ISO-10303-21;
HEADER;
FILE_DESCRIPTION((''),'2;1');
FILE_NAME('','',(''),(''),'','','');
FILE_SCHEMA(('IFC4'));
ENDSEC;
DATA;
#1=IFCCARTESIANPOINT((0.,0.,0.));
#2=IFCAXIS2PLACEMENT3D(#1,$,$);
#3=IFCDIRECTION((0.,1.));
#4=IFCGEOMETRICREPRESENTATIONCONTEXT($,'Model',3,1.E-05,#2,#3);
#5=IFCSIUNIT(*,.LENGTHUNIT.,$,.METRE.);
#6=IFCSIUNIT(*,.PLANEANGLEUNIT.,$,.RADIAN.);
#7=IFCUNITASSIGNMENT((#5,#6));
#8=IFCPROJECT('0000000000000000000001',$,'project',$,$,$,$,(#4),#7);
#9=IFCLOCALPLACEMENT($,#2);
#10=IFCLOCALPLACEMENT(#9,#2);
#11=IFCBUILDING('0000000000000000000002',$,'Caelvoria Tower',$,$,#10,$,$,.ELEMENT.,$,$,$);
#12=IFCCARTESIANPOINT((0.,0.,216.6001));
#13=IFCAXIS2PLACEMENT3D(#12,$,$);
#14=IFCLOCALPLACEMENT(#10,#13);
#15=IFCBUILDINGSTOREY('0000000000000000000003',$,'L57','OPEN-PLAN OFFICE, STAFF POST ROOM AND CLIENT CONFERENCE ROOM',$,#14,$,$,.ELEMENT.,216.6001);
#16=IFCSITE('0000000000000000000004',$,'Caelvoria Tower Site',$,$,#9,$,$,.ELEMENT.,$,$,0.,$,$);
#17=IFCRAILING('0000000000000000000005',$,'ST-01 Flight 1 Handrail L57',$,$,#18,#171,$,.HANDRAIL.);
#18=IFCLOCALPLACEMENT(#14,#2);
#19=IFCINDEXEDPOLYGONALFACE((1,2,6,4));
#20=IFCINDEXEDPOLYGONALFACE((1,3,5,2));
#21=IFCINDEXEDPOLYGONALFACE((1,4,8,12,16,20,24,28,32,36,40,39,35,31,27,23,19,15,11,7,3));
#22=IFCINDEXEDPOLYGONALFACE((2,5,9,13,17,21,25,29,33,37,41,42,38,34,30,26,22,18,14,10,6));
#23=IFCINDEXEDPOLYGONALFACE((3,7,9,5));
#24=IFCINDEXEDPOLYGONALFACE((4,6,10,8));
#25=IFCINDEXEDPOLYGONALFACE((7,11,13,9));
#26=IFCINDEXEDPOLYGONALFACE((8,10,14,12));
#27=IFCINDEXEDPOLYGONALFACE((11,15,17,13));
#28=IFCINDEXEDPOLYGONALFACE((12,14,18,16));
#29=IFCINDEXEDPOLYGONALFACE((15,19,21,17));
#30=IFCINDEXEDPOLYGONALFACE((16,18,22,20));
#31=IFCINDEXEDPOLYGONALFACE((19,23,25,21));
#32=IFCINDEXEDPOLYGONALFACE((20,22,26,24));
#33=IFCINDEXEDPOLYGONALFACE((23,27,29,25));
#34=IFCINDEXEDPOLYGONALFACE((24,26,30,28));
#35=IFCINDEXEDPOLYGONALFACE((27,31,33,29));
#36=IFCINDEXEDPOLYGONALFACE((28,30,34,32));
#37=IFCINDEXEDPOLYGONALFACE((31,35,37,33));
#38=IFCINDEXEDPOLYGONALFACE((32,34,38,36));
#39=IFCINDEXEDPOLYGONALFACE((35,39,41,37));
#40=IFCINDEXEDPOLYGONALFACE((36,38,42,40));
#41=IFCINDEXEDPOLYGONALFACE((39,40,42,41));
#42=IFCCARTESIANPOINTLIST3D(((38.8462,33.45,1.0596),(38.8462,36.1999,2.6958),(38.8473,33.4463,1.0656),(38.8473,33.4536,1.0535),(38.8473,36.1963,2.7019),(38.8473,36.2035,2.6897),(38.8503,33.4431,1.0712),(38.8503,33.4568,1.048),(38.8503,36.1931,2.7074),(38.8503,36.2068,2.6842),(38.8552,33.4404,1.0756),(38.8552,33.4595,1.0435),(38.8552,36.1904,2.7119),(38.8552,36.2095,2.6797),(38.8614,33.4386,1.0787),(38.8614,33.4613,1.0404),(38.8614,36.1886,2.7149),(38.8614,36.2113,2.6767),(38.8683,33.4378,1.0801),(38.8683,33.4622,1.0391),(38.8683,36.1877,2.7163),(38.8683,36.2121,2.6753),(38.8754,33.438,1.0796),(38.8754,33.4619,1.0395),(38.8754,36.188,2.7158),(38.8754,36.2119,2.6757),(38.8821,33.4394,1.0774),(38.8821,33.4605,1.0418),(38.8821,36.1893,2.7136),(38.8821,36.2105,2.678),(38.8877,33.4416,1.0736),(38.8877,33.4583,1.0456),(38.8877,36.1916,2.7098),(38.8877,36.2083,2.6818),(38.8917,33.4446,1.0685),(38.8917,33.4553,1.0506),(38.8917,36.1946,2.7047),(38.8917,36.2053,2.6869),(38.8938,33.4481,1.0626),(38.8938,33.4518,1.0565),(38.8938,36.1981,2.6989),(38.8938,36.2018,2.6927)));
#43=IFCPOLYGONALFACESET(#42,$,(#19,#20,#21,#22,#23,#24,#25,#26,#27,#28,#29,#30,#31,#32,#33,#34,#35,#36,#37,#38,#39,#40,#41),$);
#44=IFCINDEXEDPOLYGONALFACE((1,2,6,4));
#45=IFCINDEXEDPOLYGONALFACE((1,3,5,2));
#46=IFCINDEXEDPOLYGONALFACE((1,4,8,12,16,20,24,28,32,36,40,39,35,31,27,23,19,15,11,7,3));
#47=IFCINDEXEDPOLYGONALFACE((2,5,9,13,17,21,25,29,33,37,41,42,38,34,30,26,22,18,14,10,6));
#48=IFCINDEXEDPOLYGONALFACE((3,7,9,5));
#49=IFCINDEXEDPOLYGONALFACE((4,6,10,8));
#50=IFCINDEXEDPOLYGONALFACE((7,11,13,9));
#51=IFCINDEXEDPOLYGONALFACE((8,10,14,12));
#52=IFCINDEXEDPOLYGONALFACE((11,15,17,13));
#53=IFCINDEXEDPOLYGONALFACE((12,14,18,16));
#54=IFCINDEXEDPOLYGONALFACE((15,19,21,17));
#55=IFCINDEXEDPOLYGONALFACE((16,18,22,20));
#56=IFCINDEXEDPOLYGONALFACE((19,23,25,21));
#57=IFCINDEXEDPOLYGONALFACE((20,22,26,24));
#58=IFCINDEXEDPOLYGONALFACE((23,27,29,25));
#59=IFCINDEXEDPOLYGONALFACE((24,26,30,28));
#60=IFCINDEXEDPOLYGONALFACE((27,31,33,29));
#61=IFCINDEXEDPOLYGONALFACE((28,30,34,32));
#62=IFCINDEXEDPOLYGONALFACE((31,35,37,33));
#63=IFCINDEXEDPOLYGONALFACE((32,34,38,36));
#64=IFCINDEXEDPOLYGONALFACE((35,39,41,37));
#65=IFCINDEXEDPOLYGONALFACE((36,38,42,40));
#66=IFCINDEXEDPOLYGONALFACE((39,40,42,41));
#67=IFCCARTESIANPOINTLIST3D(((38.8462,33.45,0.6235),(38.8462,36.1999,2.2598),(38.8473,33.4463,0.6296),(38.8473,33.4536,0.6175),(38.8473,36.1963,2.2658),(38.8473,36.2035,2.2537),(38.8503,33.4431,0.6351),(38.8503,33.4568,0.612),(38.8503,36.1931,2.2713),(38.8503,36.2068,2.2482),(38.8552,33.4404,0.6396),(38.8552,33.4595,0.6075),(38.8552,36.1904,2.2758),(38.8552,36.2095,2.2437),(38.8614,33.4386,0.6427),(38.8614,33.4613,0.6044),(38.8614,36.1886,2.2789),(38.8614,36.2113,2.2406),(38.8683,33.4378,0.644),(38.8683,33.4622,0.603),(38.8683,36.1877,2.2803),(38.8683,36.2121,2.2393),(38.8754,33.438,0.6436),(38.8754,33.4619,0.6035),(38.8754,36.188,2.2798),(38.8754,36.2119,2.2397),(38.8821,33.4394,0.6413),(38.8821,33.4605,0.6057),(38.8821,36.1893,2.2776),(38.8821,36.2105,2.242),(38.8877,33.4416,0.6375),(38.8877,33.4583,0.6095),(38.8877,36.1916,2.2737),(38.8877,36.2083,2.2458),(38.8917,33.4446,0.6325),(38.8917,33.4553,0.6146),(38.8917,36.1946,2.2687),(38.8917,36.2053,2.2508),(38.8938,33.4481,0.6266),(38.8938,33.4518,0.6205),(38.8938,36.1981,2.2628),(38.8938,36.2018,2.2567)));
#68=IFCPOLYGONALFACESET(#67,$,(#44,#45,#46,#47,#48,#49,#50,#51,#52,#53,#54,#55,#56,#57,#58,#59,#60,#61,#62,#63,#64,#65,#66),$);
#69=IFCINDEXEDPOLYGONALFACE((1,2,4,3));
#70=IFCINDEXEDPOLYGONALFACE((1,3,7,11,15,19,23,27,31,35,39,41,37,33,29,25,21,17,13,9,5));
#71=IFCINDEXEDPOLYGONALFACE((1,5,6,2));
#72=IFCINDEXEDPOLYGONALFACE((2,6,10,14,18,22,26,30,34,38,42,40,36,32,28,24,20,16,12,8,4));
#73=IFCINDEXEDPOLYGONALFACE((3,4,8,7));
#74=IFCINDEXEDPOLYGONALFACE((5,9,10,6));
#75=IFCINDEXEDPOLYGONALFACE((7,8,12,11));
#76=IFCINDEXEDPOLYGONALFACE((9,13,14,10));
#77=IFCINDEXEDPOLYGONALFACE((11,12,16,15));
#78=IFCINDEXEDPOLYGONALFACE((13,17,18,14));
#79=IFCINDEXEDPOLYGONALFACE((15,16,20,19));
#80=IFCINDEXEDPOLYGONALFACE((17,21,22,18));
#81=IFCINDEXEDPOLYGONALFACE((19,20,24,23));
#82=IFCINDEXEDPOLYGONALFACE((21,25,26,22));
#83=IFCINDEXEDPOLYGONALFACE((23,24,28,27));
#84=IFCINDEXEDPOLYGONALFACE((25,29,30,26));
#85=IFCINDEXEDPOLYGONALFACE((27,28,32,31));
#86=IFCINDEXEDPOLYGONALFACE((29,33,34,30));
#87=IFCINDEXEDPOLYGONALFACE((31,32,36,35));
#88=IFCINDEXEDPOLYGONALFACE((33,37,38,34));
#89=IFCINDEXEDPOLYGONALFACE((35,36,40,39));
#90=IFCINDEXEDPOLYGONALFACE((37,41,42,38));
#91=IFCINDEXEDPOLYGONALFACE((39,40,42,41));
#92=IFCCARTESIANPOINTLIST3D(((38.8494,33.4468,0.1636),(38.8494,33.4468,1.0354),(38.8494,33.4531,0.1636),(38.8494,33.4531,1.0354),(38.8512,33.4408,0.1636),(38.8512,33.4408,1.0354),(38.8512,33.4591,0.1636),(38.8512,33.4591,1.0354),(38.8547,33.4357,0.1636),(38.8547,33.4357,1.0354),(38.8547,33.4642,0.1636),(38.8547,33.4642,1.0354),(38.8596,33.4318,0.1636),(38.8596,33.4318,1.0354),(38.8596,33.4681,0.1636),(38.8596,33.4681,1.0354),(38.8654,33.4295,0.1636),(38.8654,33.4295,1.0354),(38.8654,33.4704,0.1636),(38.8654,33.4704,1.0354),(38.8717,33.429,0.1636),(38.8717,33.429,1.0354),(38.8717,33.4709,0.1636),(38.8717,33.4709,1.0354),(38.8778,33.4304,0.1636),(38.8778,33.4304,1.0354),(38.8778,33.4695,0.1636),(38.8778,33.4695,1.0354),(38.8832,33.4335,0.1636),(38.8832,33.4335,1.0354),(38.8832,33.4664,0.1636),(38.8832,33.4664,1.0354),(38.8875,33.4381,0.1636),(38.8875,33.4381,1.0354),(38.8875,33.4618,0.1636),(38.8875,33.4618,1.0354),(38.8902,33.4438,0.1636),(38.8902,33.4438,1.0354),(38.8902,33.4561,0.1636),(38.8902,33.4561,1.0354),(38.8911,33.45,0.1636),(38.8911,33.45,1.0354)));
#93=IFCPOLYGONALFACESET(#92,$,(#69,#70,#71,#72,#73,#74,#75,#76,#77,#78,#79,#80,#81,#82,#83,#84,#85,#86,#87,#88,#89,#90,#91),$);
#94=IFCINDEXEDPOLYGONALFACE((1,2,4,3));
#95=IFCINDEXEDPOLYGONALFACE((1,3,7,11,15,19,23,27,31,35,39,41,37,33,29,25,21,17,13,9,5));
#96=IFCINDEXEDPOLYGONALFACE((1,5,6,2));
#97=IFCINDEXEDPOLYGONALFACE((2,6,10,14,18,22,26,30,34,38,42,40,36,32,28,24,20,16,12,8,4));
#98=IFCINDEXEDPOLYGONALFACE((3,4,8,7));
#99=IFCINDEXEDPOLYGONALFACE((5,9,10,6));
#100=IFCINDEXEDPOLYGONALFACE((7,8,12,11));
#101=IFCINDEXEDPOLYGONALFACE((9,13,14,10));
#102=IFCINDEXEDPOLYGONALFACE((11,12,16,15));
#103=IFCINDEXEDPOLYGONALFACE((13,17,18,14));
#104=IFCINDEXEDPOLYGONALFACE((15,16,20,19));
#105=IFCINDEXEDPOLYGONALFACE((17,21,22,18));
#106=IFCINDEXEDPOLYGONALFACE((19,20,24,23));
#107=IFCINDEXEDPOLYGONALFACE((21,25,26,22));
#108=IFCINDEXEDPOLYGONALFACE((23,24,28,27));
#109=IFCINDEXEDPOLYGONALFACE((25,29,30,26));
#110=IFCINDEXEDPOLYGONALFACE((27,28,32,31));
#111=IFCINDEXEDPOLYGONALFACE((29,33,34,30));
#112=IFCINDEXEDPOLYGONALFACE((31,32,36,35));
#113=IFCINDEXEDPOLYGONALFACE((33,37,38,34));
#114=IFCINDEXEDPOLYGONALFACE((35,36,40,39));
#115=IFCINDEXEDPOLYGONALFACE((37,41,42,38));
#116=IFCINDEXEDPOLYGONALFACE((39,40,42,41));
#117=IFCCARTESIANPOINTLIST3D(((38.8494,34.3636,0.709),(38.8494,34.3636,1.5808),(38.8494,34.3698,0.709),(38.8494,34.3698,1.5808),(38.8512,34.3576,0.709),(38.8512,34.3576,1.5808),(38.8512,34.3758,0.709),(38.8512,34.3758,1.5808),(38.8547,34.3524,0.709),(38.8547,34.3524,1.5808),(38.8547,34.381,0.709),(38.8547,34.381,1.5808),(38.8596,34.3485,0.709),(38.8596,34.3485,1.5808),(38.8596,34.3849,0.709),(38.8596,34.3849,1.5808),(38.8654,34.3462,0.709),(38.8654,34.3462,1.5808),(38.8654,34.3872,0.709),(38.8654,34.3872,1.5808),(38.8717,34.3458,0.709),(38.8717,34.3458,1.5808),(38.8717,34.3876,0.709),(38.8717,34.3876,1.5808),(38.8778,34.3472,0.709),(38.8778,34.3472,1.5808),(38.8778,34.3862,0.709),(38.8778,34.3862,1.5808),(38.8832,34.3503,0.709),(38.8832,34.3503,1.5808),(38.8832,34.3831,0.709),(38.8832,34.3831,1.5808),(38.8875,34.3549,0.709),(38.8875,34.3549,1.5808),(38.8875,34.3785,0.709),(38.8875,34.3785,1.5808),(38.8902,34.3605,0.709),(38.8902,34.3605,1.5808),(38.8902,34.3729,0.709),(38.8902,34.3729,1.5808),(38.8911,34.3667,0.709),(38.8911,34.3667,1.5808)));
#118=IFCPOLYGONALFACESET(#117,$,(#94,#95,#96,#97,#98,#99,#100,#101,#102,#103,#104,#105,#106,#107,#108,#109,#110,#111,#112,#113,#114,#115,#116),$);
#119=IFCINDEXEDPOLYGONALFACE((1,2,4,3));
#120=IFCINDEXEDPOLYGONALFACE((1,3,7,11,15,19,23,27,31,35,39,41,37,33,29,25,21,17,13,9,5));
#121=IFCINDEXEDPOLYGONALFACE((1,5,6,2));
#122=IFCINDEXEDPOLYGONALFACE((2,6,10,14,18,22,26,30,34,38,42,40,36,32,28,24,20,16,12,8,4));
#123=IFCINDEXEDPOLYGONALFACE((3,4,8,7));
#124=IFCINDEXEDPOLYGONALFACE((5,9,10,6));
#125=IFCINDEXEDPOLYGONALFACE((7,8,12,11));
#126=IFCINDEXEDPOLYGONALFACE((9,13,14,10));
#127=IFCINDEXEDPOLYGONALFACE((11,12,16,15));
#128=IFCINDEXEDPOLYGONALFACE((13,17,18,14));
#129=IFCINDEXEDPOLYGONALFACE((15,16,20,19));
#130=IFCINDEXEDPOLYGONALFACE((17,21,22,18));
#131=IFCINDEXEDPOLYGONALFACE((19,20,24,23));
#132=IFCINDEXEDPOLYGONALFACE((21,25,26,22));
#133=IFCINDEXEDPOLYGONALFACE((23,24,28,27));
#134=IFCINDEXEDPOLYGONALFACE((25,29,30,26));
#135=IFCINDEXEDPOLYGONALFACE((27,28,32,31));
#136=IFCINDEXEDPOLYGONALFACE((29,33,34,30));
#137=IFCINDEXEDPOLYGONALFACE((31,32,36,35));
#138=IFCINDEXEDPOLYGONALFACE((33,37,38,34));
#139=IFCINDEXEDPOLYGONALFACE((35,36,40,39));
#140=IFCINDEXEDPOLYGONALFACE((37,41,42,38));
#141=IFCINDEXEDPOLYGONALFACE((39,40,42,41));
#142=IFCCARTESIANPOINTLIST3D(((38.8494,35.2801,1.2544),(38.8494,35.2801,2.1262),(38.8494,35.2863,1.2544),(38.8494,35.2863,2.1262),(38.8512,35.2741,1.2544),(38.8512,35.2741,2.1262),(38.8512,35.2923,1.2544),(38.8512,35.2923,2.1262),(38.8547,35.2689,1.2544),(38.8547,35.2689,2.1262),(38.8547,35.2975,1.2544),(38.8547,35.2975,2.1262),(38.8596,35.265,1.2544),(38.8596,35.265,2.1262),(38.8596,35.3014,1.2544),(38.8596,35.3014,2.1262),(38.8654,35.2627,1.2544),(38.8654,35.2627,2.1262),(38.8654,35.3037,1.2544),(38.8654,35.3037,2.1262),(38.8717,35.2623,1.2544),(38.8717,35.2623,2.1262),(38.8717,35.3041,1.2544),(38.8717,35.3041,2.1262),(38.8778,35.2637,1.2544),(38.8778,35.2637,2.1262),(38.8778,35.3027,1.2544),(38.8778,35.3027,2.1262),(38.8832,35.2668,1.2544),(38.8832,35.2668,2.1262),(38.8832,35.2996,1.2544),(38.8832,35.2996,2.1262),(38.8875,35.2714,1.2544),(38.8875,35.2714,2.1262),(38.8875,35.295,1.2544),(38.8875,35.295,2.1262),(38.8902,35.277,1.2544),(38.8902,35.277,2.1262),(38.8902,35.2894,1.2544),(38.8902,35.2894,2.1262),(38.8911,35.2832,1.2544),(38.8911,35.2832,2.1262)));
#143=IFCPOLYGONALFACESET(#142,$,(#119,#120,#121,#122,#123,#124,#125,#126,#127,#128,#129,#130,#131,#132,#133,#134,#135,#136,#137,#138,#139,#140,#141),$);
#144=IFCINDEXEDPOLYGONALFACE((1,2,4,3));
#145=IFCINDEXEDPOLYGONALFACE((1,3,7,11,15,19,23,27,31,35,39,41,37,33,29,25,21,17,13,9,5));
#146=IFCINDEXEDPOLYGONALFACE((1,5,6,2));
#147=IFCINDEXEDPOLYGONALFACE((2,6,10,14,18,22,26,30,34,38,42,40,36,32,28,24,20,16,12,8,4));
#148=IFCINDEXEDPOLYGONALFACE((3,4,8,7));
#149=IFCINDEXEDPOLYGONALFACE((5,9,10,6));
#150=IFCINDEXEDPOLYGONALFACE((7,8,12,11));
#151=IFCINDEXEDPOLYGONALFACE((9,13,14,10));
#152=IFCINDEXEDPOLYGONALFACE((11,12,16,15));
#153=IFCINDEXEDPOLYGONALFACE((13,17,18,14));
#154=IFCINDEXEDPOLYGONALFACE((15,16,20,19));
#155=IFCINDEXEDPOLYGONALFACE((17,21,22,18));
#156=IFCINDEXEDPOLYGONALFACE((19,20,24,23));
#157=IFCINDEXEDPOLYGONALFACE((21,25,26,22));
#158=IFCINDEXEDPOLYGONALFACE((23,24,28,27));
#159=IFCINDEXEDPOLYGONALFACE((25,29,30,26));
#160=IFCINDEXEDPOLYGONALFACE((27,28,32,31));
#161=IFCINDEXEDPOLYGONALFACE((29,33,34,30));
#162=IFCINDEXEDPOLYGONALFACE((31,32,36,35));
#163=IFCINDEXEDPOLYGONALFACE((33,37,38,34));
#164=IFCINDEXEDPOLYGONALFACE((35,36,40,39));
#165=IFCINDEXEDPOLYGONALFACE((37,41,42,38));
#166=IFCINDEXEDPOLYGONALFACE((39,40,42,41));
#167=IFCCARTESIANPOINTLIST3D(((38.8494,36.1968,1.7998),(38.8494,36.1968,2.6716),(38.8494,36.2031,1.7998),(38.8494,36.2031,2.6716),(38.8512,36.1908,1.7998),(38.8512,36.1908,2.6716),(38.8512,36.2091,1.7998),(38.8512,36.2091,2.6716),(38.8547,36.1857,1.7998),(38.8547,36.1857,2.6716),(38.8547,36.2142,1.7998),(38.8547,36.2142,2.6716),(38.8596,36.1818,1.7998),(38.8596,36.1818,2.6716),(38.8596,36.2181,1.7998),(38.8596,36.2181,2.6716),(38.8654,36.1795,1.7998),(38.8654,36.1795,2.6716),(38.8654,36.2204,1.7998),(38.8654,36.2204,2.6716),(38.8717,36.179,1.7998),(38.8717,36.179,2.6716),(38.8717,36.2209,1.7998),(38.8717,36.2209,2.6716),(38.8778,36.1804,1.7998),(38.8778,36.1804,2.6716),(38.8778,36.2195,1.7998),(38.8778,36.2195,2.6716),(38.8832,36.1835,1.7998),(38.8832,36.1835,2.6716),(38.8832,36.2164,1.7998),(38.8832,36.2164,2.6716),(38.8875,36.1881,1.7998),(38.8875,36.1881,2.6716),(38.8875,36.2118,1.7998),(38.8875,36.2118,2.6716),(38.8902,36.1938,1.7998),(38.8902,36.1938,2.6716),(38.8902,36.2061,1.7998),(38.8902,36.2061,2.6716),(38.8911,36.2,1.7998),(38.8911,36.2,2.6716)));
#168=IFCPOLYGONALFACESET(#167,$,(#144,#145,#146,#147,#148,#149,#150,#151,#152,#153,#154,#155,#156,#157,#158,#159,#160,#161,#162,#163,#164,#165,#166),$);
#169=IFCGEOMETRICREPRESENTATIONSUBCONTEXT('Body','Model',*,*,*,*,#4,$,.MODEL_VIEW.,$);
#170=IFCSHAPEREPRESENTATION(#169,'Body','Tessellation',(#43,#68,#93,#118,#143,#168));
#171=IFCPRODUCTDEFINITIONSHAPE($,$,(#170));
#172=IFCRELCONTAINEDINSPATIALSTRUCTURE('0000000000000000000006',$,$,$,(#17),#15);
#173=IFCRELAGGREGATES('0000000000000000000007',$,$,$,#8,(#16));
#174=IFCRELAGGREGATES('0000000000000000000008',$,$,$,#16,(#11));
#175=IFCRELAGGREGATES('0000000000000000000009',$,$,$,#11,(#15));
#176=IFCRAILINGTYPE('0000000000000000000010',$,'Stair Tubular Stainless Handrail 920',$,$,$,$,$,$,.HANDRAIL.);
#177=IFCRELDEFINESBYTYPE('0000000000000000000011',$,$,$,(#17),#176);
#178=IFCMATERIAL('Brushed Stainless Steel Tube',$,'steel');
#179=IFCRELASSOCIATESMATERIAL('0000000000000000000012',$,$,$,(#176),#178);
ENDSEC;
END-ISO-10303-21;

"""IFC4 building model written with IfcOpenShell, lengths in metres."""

from ifc_helpers import new_model, si_unit, direction, frame, origin, origin_2d, place, context, subcontext, project, spatial, circle, extrude, material, type_object, element, save


model = new_model("IFC4")

# Units and contexts
model_context = context("Model", 3, precision=1e-05, world=origin(), true_north=direction((0.0, 1.0)))
body_context = subcontext(model_context, "Body", "Model", "MODEL_VIEW")
ifc_project = project(units=[si_unit("LENGTHUNIT", "METRE"), si_unit("PLANEANGLEUNIT", "RADIAN")], contexts=[model_context])

# Site, building, storey
site_placement = place(None, origin())
site = spatial("IfcSite", under=ifc_project, at=site_placement, Name="Caelvoria Tower Site", CompositionType="ELEMENT", RefElevation=0.0)
building_placement = place(site_placement, origin())
building = spatial("IfcBuilding", under=site, at=building_placement, Name="Caelvoria Tower", CompositionType="ELEMENT")
storey_placement = place(building_placement, frame((0.0, 0.0, 216.6001)))
storey = spatial("IfcBuildingStorey", under=building, at=storey_placement, Name="L57", Description="OPEN-PLAN OFFICE, STAFF POST ROOM AND CLIENT CONFERENCE ROOM", CompositionType="ELEMENT", Elevation=216.6001)

# Railing
ifc_material_1 = material(Name="Brushed Stainless Steel Tube", Category="steel")
railing_type_1 = type_object("IfcRailingType", Name="Stair Tubular Stainless Handrail 920", PredefinedType="HANDRAIL", material=ifc_material_1)
railing_1_placement = place(storey_placement, frame((38.8701, 33.45, 0.1636)))
element("IfcRailing", 1, at=railing_1_placement, inside=storey, type_object=railing_type_1, Name="ST-01 Flight 1 Handrail L57", PredefinedType="HANDRAIL", context=body_context, shape_type="SweptSolid", body=[
    extrude(circle(Radius=0.0239, at=origin_2d()), frame((0.0, 0.0, 0.896), z_axis=(0.0, 0.859385, 0.511328), x_axis=(-1.0, 0.0, 0.0)), (0.0, 0.0, 1.0), 3.2),
    extrude(circle(Radius=0.0239, at=origin_2d()), frame((0.0, 0.0, 0.46), z_axis=(0.0, 0.859385, 0.511328), x_axis=(-1.0, 0.0, 0.0)), (0.0, 0.0, 1.0), 3.2),
    extrude(circle(Radius=0.021, at=origin_2d()), origin(), (0.0, 0.0, 1.0), 0.8718),
    extrude(circle(Radius=0.021, at=origin_2d()), frame((0.0, 0.9167, 0.5454)), (0.0, 0.0, 1.0), 0.8718),
    extrude(circle(Radius=0.021, at=origin_2d()), frame((0.0, 1.8333, 1.0908)), (0.0, 0.0, 1.0), 0.8718),
    extrude(circle(Radius=0.021, at=origin_2d()), frame((0.0, 2.75, 1.6362)), (0.0, 0.0, 1.0), 0.8718),
])

save(model, "model.ifc")
